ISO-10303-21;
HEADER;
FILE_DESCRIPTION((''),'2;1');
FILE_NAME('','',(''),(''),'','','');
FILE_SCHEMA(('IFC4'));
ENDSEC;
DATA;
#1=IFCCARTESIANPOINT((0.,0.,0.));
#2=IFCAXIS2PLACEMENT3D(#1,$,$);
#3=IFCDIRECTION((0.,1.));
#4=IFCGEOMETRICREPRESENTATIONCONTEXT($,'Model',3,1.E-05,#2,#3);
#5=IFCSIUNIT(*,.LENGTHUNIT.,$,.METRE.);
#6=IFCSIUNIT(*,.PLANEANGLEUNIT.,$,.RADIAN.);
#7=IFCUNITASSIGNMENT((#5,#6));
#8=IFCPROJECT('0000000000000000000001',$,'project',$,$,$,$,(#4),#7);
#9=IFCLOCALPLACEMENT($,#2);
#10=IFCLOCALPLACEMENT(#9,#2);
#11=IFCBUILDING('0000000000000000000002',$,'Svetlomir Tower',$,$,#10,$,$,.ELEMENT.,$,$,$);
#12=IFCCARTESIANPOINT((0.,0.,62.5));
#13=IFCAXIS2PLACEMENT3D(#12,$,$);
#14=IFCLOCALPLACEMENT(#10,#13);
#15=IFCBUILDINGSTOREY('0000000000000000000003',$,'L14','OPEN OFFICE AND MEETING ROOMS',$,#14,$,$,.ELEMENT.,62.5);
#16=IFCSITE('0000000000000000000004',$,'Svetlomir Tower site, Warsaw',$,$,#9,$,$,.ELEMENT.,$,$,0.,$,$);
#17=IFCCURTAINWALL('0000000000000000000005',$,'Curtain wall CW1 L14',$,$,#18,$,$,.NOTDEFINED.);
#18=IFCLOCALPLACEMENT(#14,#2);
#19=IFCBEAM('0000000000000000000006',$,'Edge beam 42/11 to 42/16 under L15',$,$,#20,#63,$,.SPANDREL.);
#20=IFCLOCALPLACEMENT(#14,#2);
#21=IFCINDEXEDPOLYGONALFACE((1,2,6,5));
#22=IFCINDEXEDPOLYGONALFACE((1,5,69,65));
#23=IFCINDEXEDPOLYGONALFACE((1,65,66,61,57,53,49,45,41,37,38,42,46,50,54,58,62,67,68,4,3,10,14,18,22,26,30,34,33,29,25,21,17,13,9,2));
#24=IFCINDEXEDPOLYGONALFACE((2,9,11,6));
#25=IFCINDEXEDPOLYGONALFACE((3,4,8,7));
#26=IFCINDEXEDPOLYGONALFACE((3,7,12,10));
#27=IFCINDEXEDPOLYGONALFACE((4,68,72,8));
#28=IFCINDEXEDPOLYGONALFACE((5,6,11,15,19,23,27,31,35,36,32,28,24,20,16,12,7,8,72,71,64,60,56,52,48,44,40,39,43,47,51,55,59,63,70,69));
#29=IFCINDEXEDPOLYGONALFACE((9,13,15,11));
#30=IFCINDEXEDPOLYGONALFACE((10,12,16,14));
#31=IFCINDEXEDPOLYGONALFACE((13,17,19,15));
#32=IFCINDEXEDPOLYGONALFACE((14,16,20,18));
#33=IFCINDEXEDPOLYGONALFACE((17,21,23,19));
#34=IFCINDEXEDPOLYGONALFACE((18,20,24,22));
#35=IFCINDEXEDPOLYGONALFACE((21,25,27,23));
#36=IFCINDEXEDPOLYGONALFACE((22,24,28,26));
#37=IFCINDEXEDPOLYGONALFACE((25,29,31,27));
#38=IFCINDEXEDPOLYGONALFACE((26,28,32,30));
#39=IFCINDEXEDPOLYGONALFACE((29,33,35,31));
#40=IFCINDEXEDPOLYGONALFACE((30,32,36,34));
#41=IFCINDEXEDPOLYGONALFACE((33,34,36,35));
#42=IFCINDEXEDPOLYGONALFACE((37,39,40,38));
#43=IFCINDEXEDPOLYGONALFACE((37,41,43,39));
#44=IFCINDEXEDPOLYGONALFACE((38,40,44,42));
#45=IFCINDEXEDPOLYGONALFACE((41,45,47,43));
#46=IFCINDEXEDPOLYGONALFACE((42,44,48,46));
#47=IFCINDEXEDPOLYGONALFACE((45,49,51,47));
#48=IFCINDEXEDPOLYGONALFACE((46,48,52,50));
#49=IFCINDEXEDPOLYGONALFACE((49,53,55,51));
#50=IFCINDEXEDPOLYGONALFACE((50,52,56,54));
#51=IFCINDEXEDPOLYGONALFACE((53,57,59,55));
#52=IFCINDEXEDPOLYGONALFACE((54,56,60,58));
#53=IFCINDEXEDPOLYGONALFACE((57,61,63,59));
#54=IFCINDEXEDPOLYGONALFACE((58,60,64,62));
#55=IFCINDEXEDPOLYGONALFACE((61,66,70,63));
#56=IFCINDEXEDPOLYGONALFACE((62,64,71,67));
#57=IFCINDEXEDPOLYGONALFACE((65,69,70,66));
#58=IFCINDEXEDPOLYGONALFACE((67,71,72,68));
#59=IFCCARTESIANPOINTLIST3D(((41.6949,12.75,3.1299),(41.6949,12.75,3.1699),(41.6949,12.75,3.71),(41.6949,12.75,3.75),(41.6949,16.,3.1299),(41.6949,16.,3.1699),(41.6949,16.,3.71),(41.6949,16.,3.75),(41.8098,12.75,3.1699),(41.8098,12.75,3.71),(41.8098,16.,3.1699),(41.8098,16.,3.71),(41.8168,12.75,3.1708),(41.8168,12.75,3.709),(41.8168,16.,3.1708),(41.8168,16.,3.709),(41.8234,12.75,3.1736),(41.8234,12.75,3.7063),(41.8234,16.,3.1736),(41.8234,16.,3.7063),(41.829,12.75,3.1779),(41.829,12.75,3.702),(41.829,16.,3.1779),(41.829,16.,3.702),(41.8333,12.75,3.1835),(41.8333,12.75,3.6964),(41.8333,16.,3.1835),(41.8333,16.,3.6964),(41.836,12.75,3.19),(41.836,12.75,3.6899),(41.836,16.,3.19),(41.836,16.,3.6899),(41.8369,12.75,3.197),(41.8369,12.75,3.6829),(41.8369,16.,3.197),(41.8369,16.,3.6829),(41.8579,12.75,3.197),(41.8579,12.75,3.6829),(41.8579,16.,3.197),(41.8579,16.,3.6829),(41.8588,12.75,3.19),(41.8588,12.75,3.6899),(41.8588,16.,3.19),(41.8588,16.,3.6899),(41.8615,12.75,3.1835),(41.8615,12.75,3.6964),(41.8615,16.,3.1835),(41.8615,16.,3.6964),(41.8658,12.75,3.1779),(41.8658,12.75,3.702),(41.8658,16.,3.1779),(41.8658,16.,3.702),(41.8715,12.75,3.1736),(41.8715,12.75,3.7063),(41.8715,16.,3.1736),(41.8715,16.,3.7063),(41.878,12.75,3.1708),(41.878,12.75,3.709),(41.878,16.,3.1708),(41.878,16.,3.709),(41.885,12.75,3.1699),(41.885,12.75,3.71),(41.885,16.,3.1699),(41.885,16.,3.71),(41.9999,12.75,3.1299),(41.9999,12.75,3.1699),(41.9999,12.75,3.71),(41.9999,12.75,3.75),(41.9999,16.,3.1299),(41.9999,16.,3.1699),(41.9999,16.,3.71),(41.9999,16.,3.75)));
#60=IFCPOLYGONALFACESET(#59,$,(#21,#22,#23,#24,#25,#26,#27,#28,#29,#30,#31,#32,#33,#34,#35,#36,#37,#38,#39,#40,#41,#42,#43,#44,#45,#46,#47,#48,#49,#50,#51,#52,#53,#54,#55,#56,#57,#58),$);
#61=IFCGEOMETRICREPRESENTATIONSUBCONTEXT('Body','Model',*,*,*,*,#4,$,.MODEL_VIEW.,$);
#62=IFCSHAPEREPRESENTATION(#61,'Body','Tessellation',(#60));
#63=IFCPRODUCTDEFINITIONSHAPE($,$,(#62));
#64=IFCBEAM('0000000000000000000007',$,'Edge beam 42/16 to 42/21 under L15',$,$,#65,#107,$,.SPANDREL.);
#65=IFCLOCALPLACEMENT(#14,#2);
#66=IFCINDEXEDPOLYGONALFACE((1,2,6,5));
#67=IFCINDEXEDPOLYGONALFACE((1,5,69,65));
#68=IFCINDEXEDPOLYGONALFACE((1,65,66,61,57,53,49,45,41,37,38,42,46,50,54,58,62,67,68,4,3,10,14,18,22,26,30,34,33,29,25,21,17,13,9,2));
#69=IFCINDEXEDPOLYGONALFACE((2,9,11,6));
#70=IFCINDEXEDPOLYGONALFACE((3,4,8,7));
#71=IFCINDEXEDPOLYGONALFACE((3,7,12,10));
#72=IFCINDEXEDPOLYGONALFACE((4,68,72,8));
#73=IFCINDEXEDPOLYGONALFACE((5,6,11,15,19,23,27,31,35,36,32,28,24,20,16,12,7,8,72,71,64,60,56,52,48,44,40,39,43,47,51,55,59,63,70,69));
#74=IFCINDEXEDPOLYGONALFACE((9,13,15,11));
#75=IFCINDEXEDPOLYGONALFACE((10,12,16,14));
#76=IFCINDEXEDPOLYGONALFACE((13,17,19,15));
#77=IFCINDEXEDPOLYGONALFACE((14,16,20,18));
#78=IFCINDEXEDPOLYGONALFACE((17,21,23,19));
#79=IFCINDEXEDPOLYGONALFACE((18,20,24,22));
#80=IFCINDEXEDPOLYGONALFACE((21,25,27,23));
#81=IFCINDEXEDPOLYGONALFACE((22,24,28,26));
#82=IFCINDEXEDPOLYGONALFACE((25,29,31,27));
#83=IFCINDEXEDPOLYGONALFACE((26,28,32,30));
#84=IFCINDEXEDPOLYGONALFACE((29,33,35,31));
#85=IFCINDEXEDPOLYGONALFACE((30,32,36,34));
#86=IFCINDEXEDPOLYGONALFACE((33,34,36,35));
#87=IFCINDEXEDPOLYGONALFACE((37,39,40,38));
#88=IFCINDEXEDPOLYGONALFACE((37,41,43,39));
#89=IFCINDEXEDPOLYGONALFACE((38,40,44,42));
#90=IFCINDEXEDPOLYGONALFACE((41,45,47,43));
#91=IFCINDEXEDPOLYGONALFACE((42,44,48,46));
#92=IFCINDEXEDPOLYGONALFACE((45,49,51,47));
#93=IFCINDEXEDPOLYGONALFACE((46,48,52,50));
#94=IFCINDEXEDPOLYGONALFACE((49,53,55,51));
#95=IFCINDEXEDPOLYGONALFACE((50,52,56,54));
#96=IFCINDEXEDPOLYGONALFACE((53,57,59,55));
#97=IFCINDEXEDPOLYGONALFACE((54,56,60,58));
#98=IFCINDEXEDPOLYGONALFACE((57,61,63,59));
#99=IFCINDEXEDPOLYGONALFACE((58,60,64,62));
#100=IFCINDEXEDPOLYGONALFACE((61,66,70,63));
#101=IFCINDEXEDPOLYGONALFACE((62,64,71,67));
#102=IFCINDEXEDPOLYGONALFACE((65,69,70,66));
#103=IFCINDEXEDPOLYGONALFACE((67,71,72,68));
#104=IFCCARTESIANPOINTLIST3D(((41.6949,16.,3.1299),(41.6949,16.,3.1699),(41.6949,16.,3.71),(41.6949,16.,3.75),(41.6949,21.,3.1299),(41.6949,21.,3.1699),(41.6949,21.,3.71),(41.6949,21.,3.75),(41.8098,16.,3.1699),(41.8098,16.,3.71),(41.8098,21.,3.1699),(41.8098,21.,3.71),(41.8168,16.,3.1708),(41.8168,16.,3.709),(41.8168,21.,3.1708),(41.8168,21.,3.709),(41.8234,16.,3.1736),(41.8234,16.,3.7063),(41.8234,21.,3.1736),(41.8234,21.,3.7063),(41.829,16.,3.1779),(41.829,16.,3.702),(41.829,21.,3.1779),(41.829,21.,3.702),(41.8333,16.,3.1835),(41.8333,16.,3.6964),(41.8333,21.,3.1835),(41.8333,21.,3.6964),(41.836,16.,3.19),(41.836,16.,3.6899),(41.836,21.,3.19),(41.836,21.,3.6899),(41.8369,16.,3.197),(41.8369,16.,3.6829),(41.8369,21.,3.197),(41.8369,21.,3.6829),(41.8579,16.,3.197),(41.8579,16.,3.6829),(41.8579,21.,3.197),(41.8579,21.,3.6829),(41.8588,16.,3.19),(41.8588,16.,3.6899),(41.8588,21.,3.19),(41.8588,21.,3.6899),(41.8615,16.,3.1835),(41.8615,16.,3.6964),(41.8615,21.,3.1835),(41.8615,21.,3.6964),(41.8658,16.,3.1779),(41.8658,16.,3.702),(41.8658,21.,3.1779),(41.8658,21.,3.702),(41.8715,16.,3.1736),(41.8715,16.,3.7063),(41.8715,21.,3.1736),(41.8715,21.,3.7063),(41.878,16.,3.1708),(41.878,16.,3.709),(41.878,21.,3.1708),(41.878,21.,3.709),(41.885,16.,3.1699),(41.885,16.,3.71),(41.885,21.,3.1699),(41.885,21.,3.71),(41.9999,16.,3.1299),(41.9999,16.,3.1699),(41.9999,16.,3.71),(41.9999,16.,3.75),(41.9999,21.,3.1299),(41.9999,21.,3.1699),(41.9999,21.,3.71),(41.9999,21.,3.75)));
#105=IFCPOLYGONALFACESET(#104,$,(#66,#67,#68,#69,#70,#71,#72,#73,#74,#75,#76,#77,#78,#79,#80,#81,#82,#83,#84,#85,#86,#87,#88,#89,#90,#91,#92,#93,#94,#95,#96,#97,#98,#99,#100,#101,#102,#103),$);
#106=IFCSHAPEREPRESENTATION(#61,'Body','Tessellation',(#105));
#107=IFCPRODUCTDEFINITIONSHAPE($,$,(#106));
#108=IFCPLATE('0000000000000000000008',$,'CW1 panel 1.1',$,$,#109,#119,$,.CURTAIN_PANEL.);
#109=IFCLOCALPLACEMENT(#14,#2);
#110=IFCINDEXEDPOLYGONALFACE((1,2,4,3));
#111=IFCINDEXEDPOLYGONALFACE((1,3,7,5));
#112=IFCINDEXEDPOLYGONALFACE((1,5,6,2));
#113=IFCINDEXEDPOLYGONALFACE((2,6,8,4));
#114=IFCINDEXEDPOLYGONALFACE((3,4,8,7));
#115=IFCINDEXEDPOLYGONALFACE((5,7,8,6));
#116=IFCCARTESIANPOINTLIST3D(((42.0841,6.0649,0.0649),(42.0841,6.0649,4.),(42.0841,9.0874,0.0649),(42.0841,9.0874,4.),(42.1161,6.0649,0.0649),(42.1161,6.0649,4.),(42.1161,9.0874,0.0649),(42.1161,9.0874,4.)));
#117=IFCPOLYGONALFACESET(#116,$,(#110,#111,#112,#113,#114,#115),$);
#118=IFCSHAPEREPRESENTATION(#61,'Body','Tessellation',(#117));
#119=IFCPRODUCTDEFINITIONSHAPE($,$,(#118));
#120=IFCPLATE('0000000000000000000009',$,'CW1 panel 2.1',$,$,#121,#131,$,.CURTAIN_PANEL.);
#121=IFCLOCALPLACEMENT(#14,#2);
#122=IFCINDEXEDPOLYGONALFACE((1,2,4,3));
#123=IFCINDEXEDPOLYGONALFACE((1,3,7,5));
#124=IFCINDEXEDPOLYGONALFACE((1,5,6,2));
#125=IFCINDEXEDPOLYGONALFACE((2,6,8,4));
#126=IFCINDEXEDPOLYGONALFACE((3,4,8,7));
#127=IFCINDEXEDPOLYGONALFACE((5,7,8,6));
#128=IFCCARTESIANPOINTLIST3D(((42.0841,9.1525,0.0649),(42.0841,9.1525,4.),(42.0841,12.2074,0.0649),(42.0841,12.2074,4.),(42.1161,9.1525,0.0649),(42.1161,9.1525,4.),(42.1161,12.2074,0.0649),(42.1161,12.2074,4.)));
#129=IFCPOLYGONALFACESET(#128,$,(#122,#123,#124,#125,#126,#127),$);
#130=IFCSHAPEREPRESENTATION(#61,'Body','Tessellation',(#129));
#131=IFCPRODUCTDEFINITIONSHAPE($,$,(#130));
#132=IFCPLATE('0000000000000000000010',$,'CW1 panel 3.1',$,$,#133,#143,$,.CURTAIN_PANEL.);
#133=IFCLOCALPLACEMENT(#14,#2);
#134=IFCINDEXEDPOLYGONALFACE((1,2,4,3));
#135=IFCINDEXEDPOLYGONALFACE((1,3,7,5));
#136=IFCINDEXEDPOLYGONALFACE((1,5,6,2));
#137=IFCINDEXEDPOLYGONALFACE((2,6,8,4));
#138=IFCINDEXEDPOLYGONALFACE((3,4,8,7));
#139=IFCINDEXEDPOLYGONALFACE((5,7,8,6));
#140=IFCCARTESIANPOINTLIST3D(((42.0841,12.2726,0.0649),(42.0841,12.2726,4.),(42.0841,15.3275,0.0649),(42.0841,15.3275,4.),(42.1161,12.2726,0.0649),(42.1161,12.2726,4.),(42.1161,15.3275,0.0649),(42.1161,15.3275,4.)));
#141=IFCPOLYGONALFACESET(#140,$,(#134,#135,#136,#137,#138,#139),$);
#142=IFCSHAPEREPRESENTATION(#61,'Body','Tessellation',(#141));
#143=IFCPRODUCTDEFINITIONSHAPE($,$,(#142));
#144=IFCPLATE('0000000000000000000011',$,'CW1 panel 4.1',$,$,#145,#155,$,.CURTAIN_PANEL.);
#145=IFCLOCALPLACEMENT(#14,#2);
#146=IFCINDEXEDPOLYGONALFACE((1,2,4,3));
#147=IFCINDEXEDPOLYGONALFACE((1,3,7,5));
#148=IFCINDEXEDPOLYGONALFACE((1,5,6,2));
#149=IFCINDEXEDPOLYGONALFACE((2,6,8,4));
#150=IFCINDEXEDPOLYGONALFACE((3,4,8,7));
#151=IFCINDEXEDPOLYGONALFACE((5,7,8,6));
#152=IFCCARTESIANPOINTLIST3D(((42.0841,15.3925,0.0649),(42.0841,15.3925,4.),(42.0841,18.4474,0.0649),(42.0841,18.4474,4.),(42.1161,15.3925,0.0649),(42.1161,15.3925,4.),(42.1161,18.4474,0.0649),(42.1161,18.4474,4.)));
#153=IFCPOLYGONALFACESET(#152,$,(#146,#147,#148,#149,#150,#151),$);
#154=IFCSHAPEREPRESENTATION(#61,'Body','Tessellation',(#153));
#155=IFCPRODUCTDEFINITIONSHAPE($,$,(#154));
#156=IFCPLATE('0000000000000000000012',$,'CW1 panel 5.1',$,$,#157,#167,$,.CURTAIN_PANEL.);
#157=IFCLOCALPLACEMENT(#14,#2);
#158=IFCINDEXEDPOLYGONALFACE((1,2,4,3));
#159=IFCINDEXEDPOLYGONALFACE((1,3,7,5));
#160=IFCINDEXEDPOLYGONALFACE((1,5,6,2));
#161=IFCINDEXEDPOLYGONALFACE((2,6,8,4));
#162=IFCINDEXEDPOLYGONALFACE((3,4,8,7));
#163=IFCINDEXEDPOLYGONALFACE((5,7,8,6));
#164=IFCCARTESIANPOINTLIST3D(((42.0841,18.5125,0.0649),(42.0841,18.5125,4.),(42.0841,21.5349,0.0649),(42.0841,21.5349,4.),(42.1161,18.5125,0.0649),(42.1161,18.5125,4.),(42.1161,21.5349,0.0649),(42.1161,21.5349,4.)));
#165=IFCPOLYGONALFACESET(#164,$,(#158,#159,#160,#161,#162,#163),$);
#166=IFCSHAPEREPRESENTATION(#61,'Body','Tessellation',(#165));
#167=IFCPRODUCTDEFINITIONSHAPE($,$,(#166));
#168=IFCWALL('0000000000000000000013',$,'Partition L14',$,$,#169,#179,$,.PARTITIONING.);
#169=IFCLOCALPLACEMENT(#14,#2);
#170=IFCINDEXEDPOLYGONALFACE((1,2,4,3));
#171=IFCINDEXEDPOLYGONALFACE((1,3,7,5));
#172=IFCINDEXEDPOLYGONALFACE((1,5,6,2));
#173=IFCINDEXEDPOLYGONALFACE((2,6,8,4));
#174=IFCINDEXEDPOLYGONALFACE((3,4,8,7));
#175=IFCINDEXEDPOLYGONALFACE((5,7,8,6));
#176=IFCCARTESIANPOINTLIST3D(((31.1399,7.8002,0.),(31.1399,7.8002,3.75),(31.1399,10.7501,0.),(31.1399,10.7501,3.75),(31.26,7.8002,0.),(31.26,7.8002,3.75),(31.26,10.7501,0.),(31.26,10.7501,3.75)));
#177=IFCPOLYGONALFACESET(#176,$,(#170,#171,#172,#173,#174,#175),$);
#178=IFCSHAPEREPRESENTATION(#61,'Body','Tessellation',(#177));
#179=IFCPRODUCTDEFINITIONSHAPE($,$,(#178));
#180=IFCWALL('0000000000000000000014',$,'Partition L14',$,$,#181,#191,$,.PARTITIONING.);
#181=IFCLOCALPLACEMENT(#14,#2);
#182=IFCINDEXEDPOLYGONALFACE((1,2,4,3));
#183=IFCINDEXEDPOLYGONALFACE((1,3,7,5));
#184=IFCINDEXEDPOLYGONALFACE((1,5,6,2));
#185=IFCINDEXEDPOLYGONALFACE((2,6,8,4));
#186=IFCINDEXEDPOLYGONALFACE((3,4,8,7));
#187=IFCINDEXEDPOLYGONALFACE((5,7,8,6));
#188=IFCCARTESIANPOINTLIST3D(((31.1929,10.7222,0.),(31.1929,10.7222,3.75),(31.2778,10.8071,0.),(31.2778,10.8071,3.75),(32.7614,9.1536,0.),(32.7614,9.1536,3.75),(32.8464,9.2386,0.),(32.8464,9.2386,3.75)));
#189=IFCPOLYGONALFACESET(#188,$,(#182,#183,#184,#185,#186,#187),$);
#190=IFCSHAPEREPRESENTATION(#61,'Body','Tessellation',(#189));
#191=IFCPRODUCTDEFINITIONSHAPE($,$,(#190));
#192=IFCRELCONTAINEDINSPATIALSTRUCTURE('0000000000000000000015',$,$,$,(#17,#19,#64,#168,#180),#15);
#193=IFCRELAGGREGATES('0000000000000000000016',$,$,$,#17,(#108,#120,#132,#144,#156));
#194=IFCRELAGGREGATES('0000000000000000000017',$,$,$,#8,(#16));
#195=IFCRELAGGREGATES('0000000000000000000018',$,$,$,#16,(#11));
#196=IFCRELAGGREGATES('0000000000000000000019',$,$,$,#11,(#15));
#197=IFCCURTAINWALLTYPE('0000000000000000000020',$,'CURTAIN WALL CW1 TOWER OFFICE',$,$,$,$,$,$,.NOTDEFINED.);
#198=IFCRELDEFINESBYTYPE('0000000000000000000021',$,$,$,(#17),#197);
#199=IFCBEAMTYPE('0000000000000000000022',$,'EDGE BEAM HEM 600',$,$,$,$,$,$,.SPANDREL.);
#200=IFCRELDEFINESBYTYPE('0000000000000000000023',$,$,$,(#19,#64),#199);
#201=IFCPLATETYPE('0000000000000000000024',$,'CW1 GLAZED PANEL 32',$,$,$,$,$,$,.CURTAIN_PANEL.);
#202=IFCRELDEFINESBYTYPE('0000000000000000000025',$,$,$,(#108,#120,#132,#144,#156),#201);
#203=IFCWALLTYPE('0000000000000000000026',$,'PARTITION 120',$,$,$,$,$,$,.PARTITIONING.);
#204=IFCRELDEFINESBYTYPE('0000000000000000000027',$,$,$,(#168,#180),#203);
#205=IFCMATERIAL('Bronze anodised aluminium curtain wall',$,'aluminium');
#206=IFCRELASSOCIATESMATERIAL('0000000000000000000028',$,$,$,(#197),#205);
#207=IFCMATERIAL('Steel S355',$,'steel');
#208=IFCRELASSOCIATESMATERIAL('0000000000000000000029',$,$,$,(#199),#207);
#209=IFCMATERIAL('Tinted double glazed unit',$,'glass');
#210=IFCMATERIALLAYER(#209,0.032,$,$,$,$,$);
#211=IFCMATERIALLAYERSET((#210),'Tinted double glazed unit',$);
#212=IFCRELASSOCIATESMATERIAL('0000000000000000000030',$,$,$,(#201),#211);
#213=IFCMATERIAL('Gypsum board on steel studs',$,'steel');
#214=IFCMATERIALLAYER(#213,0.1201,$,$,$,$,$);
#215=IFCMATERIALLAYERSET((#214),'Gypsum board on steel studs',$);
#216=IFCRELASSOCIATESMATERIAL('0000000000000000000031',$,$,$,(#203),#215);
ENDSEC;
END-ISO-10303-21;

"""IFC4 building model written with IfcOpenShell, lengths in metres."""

from ifc_helpers import new_model, si_unit, direction, frame, frame_2d, origin, origin_2d, place, context, subcontext, project, spatial, rectangle, i_section, extrude, material, layer, layer_set, material_profile, profile_set, type_object, element, aggregate, save


model = new_model("IFC4")

# Units and contexts
model_context = context("Model", 3, precision=1e-05, world=origin(), true_north=direction((0.0, 1.0)))
body_context = subcontext(model_context, "Body", "Model", "MODEL_VIEW")
ifc_project = project(units=[si_unit("LENGTHUNIT", "METRE"), si_unit("PLANEANGLEUNIT", "RADIAN")], contexts=[model_context])

# Site, building, storey
site_placement = place(None, origin())
site = spatial("IfcSite", under=ifc_project, at=site_placement, Name="Svetlomir Tower site, Warsaw", CompositionType="ELEMENT", RefElevation=0.0)
building_placement = place(site_placement, origin())
building = spatial("IfcBuilding", under=site, at=building_placement, Name="Svetlomir Tower", CompositionType="ELEMENT")
storey_placement = place(building_placement, frame((0.0, 0.0, 62.5)))
storey = spatial("IfcBuildingStorey", under=building, at=storey_placement, Name="L14", Description="OPEN OFFICE AND MEETING ROOMS", CompositionType="ELEMENT", Elevation=62.5)

# Curtain wall
ifc_material_1 = material(Name="Bronze anodised aluminium curtain wall", Category="aluminium")
curtain_wall_type = type_object("IfcCurtainWallType", Name="CURTAIN WALL CW1 TOWER OFFICE", PredefinedType="NOTDEFINED", material=ifc_material_1)
curtain_wall_placement = place(storey_placement, origin())
curtain_wall = element("IfcCurtainWall", 1, at=curtain_wall_placement, inside=storey, type_object=curtain_wall_type, Name="Curtain wall CW1 L14", PredefinedType="NOTDEFINED")

# Beams
ifc_material_2 = material(Name="Steel S355", Category="steel")
ifc_material_profile_1 = material_profile(ifc_material_2, i_section(OverallWidth=0.3049, OverallDepth=0.6201, WebThickness=0.021, FlangeThickness=0.04, FilletRadius=0.0271, at=origin_2d()), Name="HEM 600")
ifc_profile_set_1 = profile_set([ifc_material_profile_1], Name="Steel S355")
beam_type = type_object("IfcBeamType", Name="EDGE BEAM HEM 600", PredefinedType="SPANDREL", material=ifc_profile_set_1)
beam_1_placement = place(storey_placement, frame((41.8474, 12.75, 3.4399), z_axis=(0.0, 1.0, 0.0), x_axis=(-1.0, 0.0, 0.0)))
element("IfcBeam", 2, at=beam_1_placement, inside=storey, type_object=beam_type, Name="Edge beam 42/11 to 42/16 under L15", PredefinedType="SPANDREL", context=body_context, shape_type="SweptSolid", body=[
    extrude(i_section(OverallWidth=0.3049, OverallDepth=0.6201, WebThickness=0.021, FlangeThickness=0.04, FilletRadius=0.0271, at=origin_2d()), origin(), (0.0, 0.0, 1.0), 3.25),
])
beam_2_placement = place(storey_placement, frame((41.8474, 16.0, 3.4399), z_axis=(0.0, 1.0, 0.0), x_axis=(-1.0, 0.0, 0.0)))
element("IfcBeam", 3, at=beam_2_placement, inside=storey, type_object=beam_type, Name="Edge beam 42/16 to 42/21 under L15", PredefinedType="SPANDREL", context=body_context, shape_type="SweptSolid", body=[
    extrude(i_section(OverallWidth=0.3049, OverallDepth=0.6201, WebThickness=0.021, FlangeThickness=0.04, FilletRadius=0.0271, at=origin_2d()), origin(), (0.0, 0.0, 1.0), 5.0),
])

# Plates
ifc_material_3 = material(Name="Tinted double glazed unit", Category="glass")
ifc_layer_1 = layer(ifc_material_3, 0.032)
ifc_layer_set_1 = layer_set([ifc_layer_1], Name="Tinted double glazed unit")
plate_type = type_object("IfcPlateType", Name="CW1 GLAZED PANEL 32", PredefinedType="CURTAIN_PANEL", material=ifc_layer_set_1)
plate_1_placement = place(storey_placement, frame((42.1001, 7.5762, 0.0649), z_axis=(0.0, 0.0, 1.0), x_axis=(0.0, 1.0, 0.0)))
plate_1 = element("IfcPlate", 4, at=plate_1_placement, type_object=plate_type, Name="CW1 panel 1.1", PredefinedType="CURTAIN_PANEL", context=body_context, shape_type="SweptSolid", body=[
    extrude(rectangle(XDim=3.0225, YDim=0.032, at=origin_2d()), origin(), (0.0, 0.0, 1.0), 3.9351),
])
plate_2_placement = place(storey_placement, frame((42.1001, 10.6799, 0.0649), z_axis=(0.0, 0.0, 1.0), x_axis=(0.0, 1.0, 0.0)))
plate_2 = element("IfcPlate", 5, at=plate_2_placement, type_object=plate_type, Name="CW1 panel 2.1", PredefinedType="CURTAIN_PANEL", context=body_context, shape_type="SweptSolid", body=[
    extrude(rectangle(XDim=3.0549, YDim=0.032, at=origin_2d()), origin(), (0.0, 0.0, 1.0), 3.9351),
])
plate_3_placement = place(storey_placement, frame((42.1001, 13.8, 0.0649), z_axis=(0.0, 0.0, 1.0), x_axis=(0.0, 1.0, 0.0)))
plate_3 = element("IfcPlate", 6, at=plate_3_placement, type_object=plate_type, Name="CW1 panel 3.1", PredefinedType="CURTAIN_PANEL", context=body_context, shape_type="SweptSolid", body=[
    extrude(rectangle(XDim=3.0549, YDim=0.032, at=origin_2d()), origin(), (0.0, 0.0, 1.0), 3.9351),
])
plate_4_placement = place(storey_placement, frame((42.1001, 16.9199, 0.0649), z_axis=(0.0, 0.0, 1.0), x_axis=(0.0, 1.0, 0.0)))
plate_4 = element("IfcPlate", 7, at=plate_4_placement, type_object=plate_type, Name="CW1 panel 4.1", PredefinedType="CURTAIN_PANEL", context=body_context, shape_type="SweptSolid", body=[
    extrude(rectangle(XDim=3.0549, YDim=0.032, at=origin_2d()), origin(), (0.0, 0.0, 1.0), 3.9351),
])
plate_5_placement = place(storey_placement, frame((42.1001, 20.0237, 0.0649), z_axis=(0.0, 0.0, 1.0), x_axis=(0.0, 1.0, 0.0)))
plate_5 = element("IfcPlate", 8, at=plate_5_placement, type_object=plate_type, Name="CW1 panel 5.1", PredefinedType="CURTAIN_PANEL", context=body_context, shape_type="SweptSolid", body=[
    extrude(rectangle(XDim=3.0225, YDim=0.032, at=origin_2d()), origin(), (0.0, 0.0, 1.0), 3.9351),
])
aggregate(curtain_wall, [plate_1, plate_2, plate_3, plate_4, plate_5])

# Walls
ifc_material_4 = material(Name="Gypsum board on steel studs", Category="steel")
ifc_layer_2 = layer(ifc_material_4, 0.1201)
ifc_layer_set_2 = layer_set([ifc_layer_2], Name="Gypsum board on steel studs")
wall_type = type_object("IfcWallType", Name="PARTITION 120", PredefinedType="PARTITIONING", material=ifc_layer_set_2)
wall_1_placement = place(storey_placement, frame((31.2, 7.8, 0.0), z_axis=(0.0, 0.0, 1.0), x_axis=(0.0, 1.0, 0.0)))
element("IfcWall", 9, at=wall_1_placement, inside=storey, type_object=wall_type, Name="Partition L14", PredefinedType="PARTITIONING", context=body_context, shape_type="SweptSolid", body=[
    extrude(rectangle(XDim=2.95, YDim=0.1201, at=frame_2d((1.4751, 0.0))), origin(), (0.0, 0.0, 1.0), 3.75),
])
wall_2_placement = place(storey_placement, frame((31.2354, 10.7646, 0.0), z_axis=(0.0, 0.0, 1.0), x_axis=(0.707107, -0.707107, 0.0)))
element("IfcWall", 10, at=wall_2_placement, inside=storey, type_object=wall_type, Name="Partition L14", PredefinedType="PARTITIONING", context=body_context, shape_type="SweptSolid", body=[
    extrude(rectangle(XDim=2.2183, YDim=0.1201, at=frame_2d((1.1091, 0.0))), origin(), (0.0, 0.0, 1.0), 3.75),
])

save(model, "model.ifc")
